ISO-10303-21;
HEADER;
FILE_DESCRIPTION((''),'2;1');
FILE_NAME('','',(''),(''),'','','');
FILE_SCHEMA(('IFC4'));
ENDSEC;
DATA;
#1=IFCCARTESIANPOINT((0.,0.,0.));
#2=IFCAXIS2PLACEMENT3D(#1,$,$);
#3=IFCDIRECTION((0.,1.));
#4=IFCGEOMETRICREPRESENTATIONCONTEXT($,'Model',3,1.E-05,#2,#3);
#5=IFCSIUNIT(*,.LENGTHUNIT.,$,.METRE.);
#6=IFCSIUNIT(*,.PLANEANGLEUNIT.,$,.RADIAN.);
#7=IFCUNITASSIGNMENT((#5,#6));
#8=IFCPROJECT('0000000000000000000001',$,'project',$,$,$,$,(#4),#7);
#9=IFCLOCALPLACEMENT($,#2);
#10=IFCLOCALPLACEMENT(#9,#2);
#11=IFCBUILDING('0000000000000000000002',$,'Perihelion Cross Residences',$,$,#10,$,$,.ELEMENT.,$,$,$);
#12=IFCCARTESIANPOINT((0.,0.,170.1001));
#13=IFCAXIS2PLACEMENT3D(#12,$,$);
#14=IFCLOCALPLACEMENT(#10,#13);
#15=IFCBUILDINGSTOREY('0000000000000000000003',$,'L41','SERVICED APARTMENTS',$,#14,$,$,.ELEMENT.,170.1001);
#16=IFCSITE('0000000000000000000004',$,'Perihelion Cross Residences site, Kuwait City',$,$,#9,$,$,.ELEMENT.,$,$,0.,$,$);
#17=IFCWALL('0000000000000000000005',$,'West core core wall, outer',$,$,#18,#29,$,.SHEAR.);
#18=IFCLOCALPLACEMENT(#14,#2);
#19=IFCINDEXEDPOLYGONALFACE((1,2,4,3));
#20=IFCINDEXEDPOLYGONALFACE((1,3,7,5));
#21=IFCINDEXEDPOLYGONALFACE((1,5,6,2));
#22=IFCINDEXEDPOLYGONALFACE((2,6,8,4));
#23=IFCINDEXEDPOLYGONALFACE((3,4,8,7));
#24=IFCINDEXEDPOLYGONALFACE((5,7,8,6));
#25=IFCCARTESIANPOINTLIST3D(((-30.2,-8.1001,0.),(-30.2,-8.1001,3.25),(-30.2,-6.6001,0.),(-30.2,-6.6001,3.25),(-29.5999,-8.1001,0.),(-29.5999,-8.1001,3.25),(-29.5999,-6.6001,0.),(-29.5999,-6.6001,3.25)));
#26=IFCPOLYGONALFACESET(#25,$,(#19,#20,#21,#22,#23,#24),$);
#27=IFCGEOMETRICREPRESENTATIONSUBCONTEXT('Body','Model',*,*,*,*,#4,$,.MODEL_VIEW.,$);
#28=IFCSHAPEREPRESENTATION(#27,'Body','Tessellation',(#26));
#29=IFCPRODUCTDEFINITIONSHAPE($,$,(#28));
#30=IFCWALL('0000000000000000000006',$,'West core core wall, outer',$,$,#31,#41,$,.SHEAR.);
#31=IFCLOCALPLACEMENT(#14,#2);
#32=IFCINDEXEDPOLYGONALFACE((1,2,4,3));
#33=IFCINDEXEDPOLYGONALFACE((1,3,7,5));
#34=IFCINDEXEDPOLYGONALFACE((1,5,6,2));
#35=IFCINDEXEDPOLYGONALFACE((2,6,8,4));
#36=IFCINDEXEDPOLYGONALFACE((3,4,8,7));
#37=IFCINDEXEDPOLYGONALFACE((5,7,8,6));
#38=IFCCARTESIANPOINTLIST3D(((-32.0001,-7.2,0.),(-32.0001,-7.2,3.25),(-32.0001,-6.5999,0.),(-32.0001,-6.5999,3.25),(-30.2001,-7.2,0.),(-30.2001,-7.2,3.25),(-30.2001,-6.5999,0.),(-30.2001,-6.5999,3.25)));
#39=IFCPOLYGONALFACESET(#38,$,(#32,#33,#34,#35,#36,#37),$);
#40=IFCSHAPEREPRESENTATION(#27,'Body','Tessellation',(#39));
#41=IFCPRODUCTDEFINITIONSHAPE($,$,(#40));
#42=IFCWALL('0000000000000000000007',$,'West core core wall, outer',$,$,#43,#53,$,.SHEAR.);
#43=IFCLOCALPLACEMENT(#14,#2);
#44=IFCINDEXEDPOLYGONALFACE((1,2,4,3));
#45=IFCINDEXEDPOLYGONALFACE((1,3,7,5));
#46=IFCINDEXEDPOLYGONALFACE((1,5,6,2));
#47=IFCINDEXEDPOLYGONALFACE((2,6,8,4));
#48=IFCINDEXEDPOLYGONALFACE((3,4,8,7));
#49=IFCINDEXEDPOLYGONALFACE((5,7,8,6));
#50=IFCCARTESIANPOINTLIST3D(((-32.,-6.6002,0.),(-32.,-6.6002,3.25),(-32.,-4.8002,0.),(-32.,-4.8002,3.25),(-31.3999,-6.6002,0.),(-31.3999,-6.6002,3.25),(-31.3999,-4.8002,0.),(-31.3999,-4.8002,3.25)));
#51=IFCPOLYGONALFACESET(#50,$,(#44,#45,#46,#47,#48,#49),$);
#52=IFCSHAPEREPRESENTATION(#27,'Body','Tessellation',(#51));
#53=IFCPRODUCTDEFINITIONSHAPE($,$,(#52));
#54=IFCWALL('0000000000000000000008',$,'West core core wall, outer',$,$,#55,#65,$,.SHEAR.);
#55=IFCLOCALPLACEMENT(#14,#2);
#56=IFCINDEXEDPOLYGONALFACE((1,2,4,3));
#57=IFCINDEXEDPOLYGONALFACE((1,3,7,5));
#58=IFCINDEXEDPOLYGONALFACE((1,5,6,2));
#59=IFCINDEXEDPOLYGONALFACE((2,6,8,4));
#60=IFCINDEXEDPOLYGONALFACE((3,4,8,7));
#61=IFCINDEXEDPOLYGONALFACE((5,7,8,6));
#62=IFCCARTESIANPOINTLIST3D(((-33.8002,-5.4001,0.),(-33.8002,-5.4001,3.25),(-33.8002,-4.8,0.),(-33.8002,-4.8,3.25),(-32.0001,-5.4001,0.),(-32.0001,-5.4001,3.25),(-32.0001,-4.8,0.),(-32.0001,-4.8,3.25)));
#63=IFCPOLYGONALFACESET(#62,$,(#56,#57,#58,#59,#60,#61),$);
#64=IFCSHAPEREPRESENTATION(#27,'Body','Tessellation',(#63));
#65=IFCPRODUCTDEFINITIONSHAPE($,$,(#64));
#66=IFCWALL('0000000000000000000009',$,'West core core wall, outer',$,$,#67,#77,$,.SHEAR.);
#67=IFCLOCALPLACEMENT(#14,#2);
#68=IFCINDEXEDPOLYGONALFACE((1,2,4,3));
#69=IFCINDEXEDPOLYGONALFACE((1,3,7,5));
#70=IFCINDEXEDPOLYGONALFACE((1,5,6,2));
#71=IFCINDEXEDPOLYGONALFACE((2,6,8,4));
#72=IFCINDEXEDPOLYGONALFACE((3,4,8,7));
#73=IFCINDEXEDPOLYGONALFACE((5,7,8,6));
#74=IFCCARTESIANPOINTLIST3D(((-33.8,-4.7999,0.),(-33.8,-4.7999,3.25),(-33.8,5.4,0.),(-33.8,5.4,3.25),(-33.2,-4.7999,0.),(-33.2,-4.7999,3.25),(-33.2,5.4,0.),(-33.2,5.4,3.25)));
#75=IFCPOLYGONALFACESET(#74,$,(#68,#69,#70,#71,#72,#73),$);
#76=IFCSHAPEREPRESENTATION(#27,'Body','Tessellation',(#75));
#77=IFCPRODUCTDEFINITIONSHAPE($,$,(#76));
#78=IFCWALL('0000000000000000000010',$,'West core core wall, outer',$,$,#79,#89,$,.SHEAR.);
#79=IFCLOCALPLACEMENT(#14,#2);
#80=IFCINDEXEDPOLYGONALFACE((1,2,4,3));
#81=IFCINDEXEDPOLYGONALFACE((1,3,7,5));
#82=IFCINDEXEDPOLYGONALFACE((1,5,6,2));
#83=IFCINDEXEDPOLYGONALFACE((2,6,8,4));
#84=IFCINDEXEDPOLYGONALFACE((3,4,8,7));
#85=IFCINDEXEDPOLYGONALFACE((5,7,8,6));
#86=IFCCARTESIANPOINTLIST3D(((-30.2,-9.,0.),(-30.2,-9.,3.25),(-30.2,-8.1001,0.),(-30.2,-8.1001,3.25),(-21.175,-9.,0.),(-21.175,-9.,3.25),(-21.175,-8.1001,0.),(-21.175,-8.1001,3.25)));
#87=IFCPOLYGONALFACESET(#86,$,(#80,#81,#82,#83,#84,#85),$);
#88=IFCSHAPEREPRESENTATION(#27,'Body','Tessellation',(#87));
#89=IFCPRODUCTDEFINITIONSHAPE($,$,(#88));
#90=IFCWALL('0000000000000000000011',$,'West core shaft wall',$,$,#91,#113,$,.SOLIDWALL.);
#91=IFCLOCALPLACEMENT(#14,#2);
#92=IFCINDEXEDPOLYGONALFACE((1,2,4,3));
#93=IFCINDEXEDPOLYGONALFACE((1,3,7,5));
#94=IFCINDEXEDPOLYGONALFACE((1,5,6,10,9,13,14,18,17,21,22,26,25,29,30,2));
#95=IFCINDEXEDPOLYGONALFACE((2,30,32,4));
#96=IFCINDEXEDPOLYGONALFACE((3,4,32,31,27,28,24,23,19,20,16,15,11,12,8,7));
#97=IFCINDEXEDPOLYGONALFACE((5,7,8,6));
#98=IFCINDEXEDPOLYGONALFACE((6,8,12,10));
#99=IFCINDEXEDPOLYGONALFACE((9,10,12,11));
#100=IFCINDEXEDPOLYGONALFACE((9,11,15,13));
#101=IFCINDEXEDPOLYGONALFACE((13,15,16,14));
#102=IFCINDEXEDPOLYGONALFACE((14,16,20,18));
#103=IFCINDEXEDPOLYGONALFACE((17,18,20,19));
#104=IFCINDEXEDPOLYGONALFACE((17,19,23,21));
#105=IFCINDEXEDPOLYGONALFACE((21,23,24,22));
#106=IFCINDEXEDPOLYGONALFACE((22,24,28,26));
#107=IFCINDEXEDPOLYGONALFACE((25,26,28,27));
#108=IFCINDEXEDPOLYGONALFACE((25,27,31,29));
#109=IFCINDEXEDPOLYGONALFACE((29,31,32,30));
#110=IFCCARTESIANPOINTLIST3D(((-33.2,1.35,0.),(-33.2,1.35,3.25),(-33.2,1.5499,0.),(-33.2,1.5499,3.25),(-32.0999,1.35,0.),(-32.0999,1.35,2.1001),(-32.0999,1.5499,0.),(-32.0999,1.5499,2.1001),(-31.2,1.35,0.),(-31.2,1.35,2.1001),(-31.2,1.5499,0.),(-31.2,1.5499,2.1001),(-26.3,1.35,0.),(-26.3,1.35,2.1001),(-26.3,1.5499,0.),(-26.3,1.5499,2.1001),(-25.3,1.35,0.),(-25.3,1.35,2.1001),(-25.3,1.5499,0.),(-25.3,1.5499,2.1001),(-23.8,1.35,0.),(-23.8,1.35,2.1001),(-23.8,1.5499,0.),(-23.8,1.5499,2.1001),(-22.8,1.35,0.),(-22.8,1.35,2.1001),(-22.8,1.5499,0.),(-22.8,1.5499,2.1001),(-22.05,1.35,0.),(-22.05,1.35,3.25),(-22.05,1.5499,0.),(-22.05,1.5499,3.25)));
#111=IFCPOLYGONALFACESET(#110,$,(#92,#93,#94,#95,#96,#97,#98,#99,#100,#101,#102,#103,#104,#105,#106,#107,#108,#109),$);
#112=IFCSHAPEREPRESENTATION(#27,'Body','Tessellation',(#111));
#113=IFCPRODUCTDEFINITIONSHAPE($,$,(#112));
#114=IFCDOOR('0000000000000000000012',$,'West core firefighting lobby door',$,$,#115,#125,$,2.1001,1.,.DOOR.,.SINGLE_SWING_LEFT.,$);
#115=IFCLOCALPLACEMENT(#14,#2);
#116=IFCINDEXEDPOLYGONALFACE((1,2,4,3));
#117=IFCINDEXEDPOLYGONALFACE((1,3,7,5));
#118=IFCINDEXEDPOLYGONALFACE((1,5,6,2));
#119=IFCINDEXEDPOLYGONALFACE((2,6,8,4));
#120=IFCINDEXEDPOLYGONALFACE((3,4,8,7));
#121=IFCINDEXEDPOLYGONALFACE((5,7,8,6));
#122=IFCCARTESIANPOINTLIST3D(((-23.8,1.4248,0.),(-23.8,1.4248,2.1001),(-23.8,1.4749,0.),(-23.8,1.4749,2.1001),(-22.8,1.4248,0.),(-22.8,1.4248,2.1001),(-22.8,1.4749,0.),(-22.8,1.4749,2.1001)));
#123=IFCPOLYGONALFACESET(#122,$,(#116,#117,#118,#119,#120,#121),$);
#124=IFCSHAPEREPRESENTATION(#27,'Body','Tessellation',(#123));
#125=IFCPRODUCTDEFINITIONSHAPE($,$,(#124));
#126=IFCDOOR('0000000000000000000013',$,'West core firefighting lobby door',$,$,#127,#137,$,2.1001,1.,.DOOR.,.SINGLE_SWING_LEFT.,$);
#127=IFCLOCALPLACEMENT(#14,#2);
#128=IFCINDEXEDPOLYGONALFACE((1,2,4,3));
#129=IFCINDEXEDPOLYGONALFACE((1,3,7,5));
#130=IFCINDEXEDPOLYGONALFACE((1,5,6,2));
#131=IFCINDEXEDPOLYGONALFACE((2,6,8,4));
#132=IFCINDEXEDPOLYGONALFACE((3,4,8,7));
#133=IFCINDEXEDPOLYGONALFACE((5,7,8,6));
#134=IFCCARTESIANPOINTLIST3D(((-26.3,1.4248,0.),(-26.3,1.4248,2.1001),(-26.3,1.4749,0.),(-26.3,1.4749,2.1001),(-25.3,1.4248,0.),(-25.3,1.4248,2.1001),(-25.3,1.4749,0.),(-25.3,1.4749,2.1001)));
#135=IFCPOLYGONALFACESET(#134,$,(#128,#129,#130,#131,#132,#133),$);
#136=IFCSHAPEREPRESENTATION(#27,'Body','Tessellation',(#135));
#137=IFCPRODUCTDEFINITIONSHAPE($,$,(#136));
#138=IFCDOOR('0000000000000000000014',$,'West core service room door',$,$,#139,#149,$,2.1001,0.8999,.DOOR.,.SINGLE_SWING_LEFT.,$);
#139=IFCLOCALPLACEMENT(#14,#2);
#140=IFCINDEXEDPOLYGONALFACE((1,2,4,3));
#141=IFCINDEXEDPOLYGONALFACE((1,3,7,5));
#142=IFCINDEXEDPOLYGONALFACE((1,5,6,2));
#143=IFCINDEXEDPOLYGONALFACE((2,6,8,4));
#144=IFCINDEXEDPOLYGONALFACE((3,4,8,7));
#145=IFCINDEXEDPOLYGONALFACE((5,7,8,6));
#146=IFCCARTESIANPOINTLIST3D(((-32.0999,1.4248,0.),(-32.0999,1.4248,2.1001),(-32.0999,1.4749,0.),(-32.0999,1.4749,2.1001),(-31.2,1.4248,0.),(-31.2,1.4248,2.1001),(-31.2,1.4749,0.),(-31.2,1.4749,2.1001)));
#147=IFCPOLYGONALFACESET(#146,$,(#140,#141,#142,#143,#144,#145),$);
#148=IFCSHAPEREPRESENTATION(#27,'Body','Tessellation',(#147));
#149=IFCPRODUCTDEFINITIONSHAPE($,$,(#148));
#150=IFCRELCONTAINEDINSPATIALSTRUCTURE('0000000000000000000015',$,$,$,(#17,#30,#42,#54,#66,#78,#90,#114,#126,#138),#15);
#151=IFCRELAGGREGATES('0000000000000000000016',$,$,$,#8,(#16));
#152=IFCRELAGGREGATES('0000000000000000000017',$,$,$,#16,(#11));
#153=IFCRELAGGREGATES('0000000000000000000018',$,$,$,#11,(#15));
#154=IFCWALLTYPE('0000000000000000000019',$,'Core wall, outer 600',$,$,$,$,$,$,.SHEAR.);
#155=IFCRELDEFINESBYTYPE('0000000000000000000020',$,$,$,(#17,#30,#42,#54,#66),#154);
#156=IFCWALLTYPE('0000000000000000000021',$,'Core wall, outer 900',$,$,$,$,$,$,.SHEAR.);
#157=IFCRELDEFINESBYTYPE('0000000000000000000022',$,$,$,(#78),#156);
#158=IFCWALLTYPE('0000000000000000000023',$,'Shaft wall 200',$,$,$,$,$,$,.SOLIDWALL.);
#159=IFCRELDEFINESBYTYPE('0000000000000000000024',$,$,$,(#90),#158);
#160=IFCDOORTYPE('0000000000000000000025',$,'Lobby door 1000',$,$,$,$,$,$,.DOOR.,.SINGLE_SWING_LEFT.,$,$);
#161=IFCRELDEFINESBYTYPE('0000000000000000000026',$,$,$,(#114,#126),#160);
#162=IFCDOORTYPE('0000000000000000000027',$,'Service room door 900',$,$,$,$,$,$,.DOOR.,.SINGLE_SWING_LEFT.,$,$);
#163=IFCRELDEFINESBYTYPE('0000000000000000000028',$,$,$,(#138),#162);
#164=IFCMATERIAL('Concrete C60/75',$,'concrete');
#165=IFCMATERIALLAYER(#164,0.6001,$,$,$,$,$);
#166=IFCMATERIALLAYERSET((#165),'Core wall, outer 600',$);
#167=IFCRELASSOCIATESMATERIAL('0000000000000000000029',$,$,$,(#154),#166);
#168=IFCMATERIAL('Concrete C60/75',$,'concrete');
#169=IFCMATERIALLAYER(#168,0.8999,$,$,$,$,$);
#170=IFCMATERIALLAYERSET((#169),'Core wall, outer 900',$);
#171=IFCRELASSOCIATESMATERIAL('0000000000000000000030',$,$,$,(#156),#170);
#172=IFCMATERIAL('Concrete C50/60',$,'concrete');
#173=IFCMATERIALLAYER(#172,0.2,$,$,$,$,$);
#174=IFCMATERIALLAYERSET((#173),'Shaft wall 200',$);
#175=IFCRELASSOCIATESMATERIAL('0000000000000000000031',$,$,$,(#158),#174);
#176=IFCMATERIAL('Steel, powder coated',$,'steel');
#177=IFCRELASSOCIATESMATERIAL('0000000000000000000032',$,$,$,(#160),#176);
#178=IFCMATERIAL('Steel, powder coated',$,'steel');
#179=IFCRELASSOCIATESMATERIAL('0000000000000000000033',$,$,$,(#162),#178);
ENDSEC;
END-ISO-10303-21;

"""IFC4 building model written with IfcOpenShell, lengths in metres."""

from ifc_helpers import new_model, si_unit, direction, frame, frame_2d, origin, place, context, subcontext, project, spatial, rectangle, extrude, material, layer, layer_set, type_object, element, fill, save


model = new_model("IFC4")

# Units and contexts
model_context = context("Model", 3, precision=1e-05, world=origin(), true_north=direction((0.0, 1.0)))
body_context = subcontext(model_context, "Body", "Model", "MODEL_VIEW")
ifc_project = project(units=[si_unit("LENGTHUNIT", "METRE"), si_unit("PLANEANGLEUNIT", "RADIAN")], contexts=[model_context])

# Site, building, storey
site_placement = place(None, origin())
site = spatial("IfcSite", under=ifc_project, at=site_placement, Name="Perihelion Cross Residences site, Kuwait City", CompositionType="ELEMENT", RefElevation=0.0)
building_placement = place(site_placement, origin())
building = spatial("IfcBuilding", under=site, at=building_placement, Name="Perihelion Cross Residences", CompositionType="ELEMENT")
storey_placement = place(building_placement, frame((0.0, 0.0, 170.1001)))
storey = spatial("IfcBuildingStorey", under=building, at=storey_placement, Name="L41", Description="SERVICED APARTMENTS", CompositionType="ELEMENT", Elevation=170.1001)

# Walls
ifc_material_1 = material(Name="Concrete C60/75", Category="concrete")
ifc_layer_1 = layer(ifc_material_1, 0.6001)
ifc_layer_set_1 = layer_set([ifc_layer_1], Name="Core wall, outer 600")
wall_type_1 = type_object("IfcWallType", Name="Core wall, outer 600", PredefinedType="SHEAR", material=ifc_layer_set_1)
wall_1_placement = place(storey_placement, frame((-29.8999, -8.1001, 0.0), z_axis=(0.0, 0.0, 1.0), x_axis=(0.0, 1.0, 0.0)))
element("IfcWall", 1, at=wall_1_placement, inside=storey, type_object=wall_type_1, Name="West core core wall, outer", PredefinedType="SHEAR", context=body_context, shape_type="SweptSolid", body=[
    extrude(rectangle(XDim=1.5, YDim=0.6001, at=frame_2d((0.75, 0.0))), origin(), (0.0, 0.0, 1.0), 3.25),
])
for number, where, z_axis, x_axis, name in (
    (2, (-32.0, -6.8999, 0.0), (0.0, 0.0, 1.0), (1.0, 0.0, 0.0), "West core core wall, outer"),
    (3, (-31.7, -6.6001, 0.0), (0.0, 0.0, 1.0), (0.0, 1.0, 0.0), "West core core wall, outer"),
    (4, (-33.8, -5.1001, 0.0), (0.0, 0.0, 1.0), (1.0, 0.0, 0.0), "West core core wall, outer"),
):
    element("IfcWall", number, at=place(storey_placement, frame(where, z_axis=z_axis, x_axis=x_axis)), inside=storey, type_object=wall_type_1, Name=name, PredefinedType="SHEAR", context=body_context, shape_type="SweptSolid", body=[
        extrude(rectangle(XDim=1.8, YDim=0.6001, at=frame_2d((0.8999, 0.0))), origin(), (0.0, 0.0, 1.0), 3.25),
    ])
wall_2_placement = place(storey_placement, frame((-33.5, -4.8, 0.0), z_axis=(0.0, 0.0, 1.0), x_axis=(0.0, 1.0, 0.0)))
element("IfcWall", 5, at=wall_2_placement, inside=storey, type_object=wall_type_1, Name="West core core wall, outer", PredefinedType="SHEAR", context=body_context, shape_type="SweptSolid", body=[
    extrude(rectangle(XDim=10.2, YDim=0.6001, at=frame_2d((5.1001, 0.0))), origin(), (0.0, 0.0, 1.0), 3.25),
])
ifc_material_2 = material(Name="Concrete C60/75", Category="concrete")
ifc_layer_2 = layer(ifc_material_2, 0.8999)
ifc_layer_set_2 = layer_set([ifc_layer_2], Name="Core wall, outer 900")
wall_type_2 = type_object("IfcWallType", Name="Core wall, outer 900", PredefinedType="SHEAR", material=ifc_layer_set_2)
wall_3_placement = place(storey_placement, frame((-30.2, -8.55, 0.0), z_axis=(0.0, 0.0, 1.0), x_axis=(1.0, 0.0, 0.0)))
element("IfcWall", 6, at=wall_3_placement, inside=storey, type_object=wall_type_2, Name="West core core wall, outer", PredefinedType="SHEAR", context=body_context, shape_type="SweptSolid", body=[
    extrude(rectangle(XDim=9.0249, YDim=0.8999, at=frame_2d((4.5125, 0.0))), origin(), (0.0, 0.0, 1.0), 3.25),
])

# Wall, openings, doors
ifc_material_3 = material(Name="Concrete C50/60", Category="concrete")
ifc_layer_3 = layer(ifc_material_3, 0.2)
ifc_layer_set_3 = layer_set([ifc_layer_3], Name="Shaft wall 200")
wall_type_3 = type_object("IfcWallType", Name="Shaft wall 200", PredefinedType="SOLIDWALL", material=ifc_layer_set_3)
wall_4_placement = place(storey_placement, frame((-33.2, 1.45, 0.0), z_axis=(0.0, 0.0, 1.0), x_axis=(1.0, 0.0, 0.0)))
wall_4 = element("IfcWall", 7, at=wall_4_placement, inside=storey, type_object=wall_type_3, Name="West core shaft wall", PredefinedType="SOLIDWALL", context=body_context, shape_type="SweptSolid", body=[
    extrude(rectangle(XDim=11.1499, YDim=0.2, at=frame_2d((5.575, 0.0))), origin(), (0.0, 0.0, 1.0), 3.25),
])
opening_1_placement = place(wall_4_placement, frame((9.3999, 0.0, 0.0)))
opening_1 = element("IfcOpeningElement", 8, at=opening_1_placement, cuts=wall_4, PredefinedType="OPENING", context=body_context, shape_type="SweptSolid", body=[
    extrude(rectangle(XDim=1.0, YDim=2.1001, at=frame_2d((0.5, 1.05))), frame((0.0, 0.1099, 0.0), z_axis=(0.0, -1.0, 0.0), x_axis=(1.0, 0.0, 0.0)), (0.0, 0.0, 1.0), 0.22),
])
opening_2_placement = place(wall_4_placement, frame((6.8999, 0.0, 0.0)))
opening_2 = element("IfcOpeningElement", 9, at=opening_2_placement, cuts=wall_4, PredefinedType="OPENING", context=body_context, shape_type="SweptSolid", body=[
    extrude(rectangle(XDim=1.0, YDim=2.1001, at=frame_2d((0.5, 1.05))), frame((0.0, 0.1099, 0.0), z_axis=(0.0, -1.0, 0.0), x_axis=(1.0, 0.0, 0.0)), (0.0, 0.0, 1.0), 0.22),
])
opening_3_placement = place(wall_4_placement, frame((1.1001, 0.0, 0.0)))
opening_3 = element("IfcOpeningElement", 10, at=opening_3_placement, cuts=wall_4, PredefinedType="OPENING", context=body_context, shape_type="SweptSolid", body=[
    extrude(rectangle(XDim=0.8999, YDim=2.1001, at=frame_2d((0.45, 1.05))), frame((0.0, 0.1099, 0.0), z_axis=(0.0, -1.0, 0.0), x_axis=(1.0, 0.0, 0.0)), (0.0, 0.0, 1.0), 0.22),
])
ifc_material_4 = material(Name="Steel, powder coated", Category="steel")
door_type_1 = type_object("IfcDoorType", Name="Lobby door 1000", OperationType="SINGLE_SWING_LEFT", PredefinedType="DOOR", material=ifc_material_4)
door_1_placement = place(opening_1_placement, origin())
door_1 = element("IfcDoor", 11, at=door_1_placement, inside=storey, type_object=door_type_1, Name="West core firefighting lobby door", OperationType="SINGLE_SWING_LEFT", OverallHeight=2.1001, OverallWidth=1.0, PredefinedType="DOOR", context=body_context, shape_type="SweptSolid", body=[
    extrude(rectangle(XDim=1.0, YDim=2.1001, at=frame_2d((0.5, 1.05))), frame((0.0, 0.0249, 0.0), z_axis=(0.0, -1.0, 0.0), x_axis=(1.0, 0.0, 0.0)), (0.0, 0.0, 1.0), 0.05),
])
fill(opening_1, door_1)
door_2_placement = place(opening_2_placement, origin())
door_2 = element("IfcDoor", 12, at=door_2_placement, inside=storey, type_object=door_type_1, Name="West core firefighting lobby door", OperationType="SINGLE_SWING_LEFT", OverallHeight=2.1001, OverallWidth=1.0, PredefinedType="DOOR", context=body_context, shape_type="SweptSolid", body=[
    extrude(rectangle(XDim=1.0, YDim=2.1001, at=frame_2d((0.5, 1.05))), frame((0.0, 0.0249, 0.0), z_axis=(0.0, -1.0, 0.0), x_axis=(1.0, 0.0, 0.0)), (0.0, 0.0, 1.0), 0.05),
])
fill(opening_2, door_2)
ifc_material_5 = material(Name="Steel, powder coated", Category="steel")
door_type_2 = type_object("IfcDoorType", Name="Service room door 900", OperationType="SINGLE_SWING_LEFT", PredefinedType="DOOR", material=ifc_material_5)
door_3_placement = place(opening_3_placement, origin())
door_3 = element("IfcDoor", 13, at=door_3_placement, inside=storey, type_object=door_type_2, Name="West core service room door", OperationType="SINGLE_SWING_LEFT", OverallHeight=2.1001, OverallWidth=0.8999, PredefinedType="DOOR", context=body_context, shape_type="SweptSolid", body=[
    extrude(rectangle(XDim=0.8999, YDim=2.1001, at=frame_2d((0.45, 1.05))), frame((0.0, 0.0249, 0.0), z_axis=(0.0, -1.0, 0.0), x_axis=(1.0, 0.0, 0.0)), (0.0, 0.0, 1.0), 0.05),
])
fill(opening_3, door_3)

save(model, "model.ifc")
